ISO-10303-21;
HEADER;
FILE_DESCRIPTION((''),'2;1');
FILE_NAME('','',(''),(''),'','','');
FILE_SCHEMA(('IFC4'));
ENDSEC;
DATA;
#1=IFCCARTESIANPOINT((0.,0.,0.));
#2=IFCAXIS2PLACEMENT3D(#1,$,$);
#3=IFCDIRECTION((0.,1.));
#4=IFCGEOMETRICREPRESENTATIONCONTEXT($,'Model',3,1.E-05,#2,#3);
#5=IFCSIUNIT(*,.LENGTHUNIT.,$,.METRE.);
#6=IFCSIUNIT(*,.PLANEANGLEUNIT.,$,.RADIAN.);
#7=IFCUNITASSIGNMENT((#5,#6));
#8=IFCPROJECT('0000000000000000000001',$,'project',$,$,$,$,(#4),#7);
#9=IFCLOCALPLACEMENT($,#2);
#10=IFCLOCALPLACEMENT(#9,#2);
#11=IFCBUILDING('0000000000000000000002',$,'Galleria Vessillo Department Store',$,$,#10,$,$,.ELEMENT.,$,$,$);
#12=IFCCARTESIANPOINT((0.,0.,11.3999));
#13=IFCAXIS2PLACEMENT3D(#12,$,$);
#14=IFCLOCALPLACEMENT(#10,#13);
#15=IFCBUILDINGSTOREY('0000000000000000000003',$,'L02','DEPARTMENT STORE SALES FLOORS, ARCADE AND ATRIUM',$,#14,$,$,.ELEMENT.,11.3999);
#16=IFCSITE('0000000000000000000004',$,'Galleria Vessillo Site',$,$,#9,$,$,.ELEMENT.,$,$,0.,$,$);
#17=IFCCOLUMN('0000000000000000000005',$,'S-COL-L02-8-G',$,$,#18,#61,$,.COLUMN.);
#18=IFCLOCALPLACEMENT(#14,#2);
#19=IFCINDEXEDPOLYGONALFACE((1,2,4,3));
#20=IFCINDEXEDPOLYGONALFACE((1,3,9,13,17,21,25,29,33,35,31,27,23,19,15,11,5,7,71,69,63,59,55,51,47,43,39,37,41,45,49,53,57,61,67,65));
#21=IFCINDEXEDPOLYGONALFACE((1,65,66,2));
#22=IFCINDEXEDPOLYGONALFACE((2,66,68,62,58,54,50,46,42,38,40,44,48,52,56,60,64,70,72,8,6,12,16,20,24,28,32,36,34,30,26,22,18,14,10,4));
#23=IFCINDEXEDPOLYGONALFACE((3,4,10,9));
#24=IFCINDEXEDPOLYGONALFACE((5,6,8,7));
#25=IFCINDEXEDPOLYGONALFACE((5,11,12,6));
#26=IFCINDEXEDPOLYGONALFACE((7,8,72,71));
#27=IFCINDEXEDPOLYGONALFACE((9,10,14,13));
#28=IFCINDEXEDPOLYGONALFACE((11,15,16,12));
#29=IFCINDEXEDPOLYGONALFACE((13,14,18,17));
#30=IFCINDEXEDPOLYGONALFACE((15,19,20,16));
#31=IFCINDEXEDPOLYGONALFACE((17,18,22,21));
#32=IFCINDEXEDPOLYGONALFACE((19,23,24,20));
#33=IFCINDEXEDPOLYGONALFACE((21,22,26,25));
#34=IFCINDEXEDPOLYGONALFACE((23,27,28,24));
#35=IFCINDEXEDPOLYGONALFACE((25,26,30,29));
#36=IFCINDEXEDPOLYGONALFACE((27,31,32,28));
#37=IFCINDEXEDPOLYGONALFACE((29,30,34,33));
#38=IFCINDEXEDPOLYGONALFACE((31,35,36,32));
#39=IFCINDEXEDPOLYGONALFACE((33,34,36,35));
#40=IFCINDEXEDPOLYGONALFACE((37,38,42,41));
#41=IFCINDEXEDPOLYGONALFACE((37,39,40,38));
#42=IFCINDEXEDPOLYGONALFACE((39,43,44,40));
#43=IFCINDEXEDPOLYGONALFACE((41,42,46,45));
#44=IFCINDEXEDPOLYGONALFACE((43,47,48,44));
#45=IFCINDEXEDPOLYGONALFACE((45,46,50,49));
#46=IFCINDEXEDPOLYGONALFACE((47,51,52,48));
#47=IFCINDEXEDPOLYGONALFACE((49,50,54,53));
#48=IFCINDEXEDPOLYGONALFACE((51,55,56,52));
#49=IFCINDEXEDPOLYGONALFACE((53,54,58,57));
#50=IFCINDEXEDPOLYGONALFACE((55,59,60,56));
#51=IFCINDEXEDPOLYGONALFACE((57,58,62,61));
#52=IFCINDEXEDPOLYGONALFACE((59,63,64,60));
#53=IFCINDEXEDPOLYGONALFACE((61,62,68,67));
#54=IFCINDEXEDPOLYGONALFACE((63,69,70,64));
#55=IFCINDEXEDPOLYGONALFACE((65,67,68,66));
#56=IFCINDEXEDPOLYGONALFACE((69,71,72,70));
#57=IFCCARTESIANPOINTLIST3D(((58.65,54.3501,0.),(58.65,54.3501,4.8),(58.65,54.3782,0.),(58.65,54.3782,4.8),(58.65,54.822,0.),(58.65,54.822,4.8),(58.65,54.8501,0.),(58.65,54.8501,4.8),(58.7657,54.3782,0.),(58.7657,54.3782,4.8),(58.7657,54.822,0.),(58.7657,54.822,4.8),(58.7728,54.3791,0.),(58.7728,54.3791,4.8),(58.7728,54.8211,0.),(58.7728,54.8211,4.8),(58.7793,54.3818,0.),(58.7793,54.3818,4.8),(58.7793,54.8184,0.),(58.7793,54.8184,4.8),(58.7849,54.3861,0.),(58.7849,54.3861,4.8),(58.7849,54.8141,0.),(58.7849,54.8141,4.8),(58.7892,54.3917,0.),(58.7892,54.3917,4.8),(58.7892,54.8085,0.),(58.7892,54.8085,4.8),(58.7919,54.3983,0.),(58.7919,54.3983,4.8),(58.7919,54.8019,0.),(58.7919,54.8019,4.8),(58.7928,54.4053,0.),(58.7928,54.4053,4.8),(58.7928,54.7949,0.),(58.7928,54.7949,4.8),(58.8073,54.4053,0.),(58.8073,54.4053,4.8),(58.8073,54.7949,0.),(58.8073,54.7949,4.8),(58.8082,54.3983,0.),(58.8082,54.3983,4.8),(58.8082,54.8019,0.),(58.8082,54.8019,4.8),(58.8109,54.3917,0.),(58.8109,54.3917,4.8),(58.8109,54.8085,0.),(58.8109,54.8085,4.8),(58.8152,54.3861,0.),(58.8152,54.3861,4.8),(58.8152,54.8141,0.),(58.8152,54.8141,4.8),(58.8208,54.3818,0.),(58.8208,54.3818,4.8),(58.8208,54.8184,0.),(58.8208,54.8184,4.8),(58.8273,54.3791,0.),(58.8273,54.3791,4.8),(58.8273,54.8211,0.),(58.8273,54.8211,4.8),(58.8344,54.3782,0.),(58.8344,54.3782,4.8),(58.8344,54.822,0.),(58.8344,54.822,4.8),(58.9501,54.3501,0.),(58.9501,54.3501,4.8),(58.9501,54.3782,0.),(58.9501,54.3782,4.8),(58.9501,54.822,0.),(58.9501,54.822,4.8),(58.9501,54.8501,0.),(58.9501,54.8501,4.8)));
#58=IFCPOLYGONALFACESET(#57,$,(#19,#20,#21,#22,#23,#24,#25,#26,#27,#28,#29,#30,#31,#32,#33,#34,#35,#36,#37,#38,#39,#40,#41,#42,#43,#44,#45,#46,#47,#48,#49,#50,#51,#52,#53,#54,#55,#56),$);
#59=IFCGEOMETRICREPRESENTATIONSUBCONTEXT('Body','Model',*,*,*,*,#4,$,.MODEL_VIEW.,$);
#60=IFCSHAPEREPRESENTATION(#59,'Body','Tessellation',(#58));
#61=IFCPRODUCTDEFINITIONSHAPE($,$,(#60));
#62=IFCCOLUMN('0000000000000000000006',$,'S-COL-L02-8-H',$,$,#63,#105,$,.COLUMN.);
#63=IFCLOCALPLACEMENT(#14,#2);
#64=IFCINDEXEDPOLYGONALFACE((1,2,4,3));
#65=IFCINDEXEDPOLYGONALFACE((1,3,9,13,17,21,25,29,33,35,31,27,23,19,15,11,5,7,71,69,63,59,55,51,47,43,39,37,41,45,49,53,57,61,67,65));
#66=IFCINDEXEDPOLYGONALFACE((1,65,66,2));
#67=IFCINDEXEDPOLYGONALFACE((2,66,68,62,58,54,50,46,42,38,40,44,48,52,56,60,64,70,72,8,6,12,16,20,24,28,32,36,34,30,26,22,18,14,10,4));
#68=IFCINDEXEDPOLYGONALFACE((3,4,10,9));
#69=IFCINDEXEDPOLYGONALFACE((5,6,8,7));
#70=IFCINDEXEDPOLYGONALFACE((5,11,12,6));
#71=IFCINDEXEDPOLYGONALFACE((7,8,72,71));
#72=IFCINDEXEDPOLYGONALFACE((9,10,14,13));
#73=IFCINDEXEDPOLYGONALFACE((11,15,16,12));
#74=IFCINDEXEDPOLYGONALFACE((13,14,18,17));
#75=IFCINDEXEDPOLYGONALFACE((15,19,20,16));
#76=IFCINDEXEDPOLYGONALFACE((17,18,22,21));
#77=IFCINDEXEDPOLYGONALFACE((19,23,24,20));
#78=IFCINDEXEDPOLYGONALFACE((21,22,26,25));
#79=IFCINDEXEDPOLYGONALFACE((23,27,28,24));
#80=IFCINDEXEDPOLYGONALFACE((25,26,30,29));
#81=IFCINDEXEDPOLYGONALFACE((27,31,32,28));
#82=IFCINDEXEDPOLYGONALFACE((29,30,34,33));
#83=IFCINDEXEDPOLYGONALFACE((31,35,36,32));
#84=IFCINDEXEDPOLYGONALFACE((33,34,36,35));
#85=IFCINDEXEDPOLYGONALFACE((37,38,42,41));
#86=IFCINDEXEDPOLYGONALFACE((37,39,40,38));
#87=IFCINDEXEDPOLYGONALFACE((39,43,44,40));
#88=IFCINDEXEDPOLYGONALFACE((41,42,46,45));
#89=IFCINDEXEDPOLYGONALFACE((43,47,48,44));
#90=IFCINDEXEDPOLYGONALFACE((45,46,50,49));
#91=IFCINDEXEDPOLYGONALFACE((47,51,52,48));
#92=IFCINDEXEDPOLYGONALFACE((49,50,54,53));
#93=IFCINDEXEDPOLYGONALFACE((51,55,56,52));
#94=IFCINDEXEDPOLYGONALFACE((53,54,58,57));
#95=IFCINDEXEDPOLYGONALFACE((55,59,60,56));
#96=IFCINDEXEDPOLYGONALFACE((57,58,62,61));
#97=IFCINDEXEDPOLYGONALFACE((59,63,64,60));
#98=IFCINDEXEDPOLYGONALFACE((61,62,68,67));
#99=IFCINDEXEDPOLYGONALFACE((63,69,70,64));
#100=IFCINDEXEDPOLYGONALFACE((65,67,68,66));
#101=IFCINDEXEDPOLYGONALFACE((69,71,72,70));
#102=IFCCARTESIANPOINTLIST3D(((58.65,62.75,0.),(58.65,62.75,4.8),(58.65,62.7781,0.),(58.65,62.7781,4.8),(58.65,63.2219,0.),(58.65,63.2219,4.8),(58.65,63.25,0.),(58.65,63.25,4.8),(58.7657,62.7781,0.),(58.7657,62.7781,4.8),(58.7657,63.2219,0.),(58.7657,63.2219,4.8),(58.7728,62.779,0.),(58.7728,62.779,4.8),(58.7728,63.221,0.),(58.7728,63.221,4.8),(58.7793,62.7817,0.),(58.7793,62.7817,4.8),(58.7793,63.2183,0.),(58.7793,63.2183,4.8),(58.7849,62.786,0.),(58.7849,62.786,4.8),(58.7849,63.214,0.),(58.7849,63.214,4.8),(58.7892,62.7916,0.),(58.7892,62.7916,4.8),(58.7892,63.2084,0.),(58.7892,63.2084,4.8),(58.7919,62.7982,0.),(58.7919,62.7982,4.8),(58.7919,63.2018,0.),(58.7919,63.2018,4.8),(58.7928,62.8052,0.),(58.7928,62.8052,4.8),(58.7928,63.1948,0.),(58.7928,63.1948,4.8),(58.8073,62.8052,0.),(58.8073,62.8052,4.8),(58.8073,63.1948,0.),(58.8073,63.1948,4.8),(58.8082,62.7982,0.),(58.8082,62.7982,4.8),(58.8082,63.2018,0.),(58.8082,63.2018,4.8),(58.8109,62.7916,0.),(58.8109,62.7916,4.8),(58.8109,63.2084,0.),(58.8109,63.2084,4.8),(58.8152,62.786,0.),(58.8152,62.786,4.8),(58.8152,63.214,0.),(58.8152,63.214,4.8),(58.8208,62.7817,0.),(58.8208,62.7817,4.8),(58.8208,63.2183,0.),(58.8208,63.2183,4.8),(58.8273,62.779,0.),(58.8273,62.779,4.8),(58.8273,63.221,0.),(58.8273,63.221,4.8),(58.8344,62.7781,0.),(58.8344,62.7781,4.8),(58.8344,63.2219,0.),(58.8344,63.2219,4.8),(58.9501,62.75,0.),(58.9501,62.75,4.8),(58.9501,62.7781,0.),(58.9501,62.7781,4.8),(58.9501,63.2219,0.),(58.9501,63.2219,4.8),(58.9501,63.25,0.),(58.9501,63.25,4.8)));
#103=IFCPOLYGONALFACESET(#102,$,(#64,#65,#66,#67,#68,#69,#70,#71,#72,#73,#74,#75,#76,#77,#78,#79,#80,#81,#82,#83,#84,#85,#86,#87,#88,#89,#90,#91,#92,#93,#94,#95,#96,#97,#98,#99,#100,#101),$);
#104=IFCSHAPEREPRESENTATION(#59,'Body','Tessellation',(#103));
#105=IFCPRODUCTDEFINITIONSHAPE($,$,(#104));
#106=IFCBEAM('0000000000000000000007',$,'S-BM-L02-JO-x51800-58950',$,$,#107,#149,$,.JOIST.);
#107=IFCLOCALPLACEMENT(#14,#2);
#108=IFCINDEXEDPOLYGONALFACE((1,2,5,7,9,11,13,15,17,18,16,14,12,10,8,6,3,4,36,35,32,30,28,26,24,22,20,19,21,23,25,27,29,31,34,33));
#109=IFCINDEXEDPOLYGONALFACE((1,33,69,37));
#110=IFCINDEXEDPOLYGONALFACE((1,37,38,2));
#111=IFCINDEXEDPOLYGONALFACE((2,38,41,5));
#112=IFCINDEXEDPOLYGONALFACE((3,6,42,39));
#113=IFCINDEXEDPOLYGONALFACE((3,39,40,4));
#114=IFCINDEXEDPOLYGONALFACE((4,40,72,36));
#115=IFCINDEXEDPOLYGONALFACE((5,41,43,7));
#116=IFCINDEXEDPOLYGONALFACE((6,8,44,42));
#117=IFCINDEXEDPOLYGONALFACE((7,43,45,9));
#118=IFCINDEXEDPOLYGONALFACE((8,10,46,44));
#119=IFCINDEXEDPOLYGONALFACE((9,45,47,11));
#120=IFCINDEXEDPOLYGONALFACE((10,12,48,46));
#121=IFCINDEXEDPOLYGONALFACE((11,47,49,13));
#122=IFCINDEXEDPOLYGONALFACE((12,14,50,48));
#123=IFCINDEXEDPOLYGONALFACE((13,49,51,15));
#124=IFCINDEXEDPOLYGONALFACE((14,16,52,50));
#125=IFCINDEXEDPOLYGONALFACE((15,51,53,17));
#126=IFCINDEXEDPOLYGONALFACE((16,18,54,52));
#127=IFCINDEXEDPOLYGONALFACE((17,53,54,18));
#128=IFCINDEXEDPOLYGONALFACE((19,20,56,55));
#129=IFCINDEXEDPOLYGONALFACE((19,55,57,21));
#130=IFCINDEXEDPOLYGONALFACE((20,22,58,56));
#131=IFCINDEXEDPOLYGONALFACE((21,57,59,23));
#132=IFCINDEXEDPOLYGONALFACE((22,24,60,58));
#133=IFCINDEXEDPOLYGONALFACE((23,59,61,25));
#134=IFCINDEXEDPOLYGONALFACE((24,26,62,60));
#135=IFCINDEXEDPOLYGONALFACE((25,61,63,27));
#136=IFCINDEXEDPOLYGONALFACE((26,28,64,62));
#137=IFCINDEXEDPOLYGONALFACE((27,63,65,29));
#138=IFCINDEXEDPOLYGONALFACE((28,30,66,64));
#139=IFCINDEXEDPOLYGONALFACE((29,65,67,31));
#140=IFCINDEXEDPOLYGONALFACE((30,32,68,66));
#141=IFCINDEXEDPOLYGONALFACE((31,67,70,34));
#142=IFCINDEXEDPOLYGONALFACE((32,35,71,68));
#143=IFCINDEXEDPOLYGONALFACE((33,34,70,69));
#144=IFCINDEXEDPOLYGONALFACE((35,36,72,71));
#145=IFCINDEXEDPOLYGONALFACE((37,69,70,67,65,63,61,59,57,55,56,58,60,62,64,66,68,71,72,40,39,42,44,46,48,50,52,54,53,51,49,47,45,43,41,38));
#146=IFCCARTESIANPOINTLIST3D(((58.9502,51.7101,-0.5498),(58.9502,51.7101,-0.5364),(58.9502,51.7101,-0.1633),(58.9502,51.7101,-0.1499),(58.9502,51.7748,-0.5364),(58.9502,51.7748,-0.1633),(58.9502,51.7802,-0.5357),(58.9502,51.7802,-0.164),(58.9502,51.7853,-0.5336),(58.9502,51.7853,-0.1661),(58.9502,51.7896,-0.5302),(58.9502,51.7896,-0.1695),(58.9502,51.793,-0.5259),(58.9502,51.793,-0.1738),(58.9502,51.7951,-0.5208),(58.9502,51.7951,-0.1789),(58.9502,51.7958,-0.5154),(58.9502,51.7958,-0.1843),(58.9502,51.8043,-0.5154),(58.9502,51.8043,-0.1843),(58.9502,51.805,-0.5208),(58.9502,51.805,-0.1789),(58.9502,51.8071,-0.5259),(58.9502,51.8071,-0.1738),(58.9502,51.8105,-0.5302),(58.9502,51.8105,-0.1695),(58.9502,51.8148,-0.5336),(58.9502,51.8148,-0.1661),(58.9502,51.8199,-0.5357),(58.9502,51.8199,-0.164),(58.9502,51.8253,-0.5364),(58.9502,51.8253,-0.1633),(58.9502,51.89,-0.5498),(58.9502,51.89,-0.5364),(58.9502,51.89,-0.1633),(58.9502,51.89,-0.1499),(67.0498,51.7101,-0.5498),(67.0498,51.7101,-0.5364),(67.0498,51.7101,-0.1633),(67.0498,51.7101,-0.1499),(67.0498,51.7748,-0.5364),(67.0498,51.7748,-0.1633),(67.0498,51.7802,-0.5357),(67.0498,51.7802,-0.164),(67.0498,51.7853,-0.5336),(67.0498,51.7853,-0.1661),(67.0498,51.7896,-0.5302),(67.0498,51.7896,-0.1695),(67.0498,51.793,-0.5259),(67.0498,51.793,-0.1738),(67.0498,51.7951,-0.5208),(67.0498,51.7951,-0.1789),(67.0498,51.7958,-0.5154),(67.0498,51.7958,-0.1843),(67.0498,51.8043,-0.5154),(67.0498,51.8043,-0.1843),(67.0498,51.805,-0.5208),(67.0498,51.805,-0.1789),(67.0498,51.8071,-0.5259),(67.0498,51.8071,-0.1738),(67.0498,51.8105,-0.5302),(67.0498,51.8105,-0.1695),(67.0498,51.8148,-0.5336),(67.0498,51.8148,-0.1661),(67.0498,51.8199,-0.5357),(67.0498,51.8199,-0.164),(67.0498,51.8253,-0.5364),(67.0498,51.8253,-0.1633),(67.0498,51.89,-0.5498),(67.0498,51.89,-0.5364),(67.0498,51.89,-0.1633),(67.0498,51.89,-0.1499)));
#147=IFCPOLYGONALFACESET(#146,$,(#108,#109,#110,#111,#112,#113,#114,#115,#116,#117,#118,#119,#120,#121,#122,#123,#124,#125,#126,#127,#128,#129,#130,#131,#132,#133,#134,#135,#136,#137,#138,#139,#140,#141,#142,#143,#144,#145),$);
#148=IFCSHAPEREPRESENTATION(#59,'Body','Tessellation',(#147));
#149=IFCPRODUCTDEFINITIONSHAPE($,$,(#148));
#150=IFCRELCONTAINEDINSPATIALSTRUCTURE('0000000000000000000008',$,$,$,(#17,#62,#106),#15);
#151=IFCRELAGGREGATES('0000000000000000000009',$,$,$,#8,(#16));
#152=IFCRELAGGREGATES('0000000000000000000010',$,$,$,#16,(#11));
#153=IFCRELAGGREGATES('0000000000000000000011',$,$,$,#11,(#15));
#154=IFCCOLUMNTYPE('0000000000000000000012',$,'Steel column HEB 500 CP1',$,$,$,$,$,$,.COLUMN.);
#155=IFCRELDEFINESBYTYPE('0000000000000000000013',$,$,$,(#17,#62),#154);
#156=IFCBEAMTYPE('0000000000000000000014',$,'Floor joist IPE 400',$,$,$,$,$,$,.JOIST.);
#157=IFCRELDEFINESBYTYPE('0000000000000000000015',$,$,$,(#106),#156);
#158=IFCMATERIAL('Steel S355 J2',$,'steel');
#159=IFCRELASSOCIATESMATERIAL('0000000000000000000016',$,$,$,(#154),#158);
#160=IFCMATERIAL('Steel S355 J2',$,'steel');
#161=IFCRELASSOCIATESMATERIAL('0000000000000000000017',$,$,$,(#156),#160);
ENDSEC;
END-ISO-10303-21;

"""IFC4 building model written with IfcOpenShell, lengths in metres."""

from ifc_helpers import new_model, si_unit, direction, frame, origin, origin_2d, place, context, subcontext, project, spatial, i_section, extrude, material, material_profile, profile_set, type_object, element, save


model = new_model("IFC4")

# Units and contexts
model_context = context("Model", 3, precision=1e-05, world=origin(), true_north=direction((0.0, 1.0)))
body_context = subcontext(model_context, "Body", "Model", "MODEL_VIEW")
ifc_project = project(units=[si_unit("LENGTHUNIT", "METRE"), si_unit("PLANEANGLEUNIT", "RADIAN")], contexts=[model_context])

# Site, building, storey
site_placement = place(None, origin())
site = spatial("IfcSite", under=ifc_project, at=site_placement, Name="Galleria Vessillo Site", CompositionType="ELEMENT", RefElevation=0.0)
building_placement = place(site_placement, origin())
building = spatial("IfcBuilding", under=site, at=building_placement, Name="Galleria Vessillo Department Store", CompositionType="ELEMENT")
storey_placement = place(building_placement, frame((0.0, 0.0, 11.3999)))
storey = spatial("IfcBuildingStorey", under=building, at=storey_placement, Name="L02", Description="DEPARTMENT STORE SALES FLOORS, ARCADE AND ATRIUM", CompositionType="ELEMENT", Elevation=11.3999)

# Columns
ifc_material_1 = material(Name="Steel S355 J2", Category="steel")
ifc_material_profile_1 = material_profile(ifc_material_1, i_section(OverallWidth=0.3, OverallDepth=0.5, WebThickness=0.0144, FlangeThickness=0.0281, FilletRadius=0.0271, at=origin_2d()), Name="HEB 500")
ifc_profile_set_1 = profile_set([ifc_material_profile_1], Name="Steel S355 J2")
column_type = type_object("IfcColumnType", Name="Steel column HEB 500 CP1", PredefinedType="COLUMN", material=ifc_profile_set_1)
for number, where, z_axis, x_axis, name in (
    (1, (58.8, 54.6001, 0.0), (0.0, 0.0, 1.0), (1.0, 0.0, 0.0), "S-COL-L02-8-G"),
    (2, (58.8, 63.0, 0.0), (0.0, 0.0, 1.0), (1.0, 0.0, 0.0), "S-COL-L02-8-H"),
):
    element("IfcColumn", number, at=place(storey_placement, frame(where, z_axis=z_axis, x_axis=x_axis)), inside=storey, type_object=column_type, Name=name, PredefinedType="COLUMN", context=body_context, shape_type="SweptSolid", body=[
        extrude(i_section(OverallWidth=0.3, OverallDepth=0.5, WebThickness=0.0144, FlangeThickness=0.0281, FilletRadius=0.0271, at=origin_2d()), origin(), (0.0, 0.0, 1.0), 4.8),
    ])

# Beam
ifc_material_2 = material(Name="Steel S355 J2", Category="steel")
ifc_material_profile_2 = material_profile(ifc_material_2, i_section(OverallWidth=0.1799, OverallDepth=0.3999, WebThickness=0.0085, FlangeThickness=0.0134, FilletRadius=0.021, at=origin_2d()), Name="IPE 400")
ifc_profile_set_2 = profile_set([ifc_material_profile_2], Name="Steel S355 J2")
beam_type = type_object("IfcBeamType", Name="Floor joist IPE 400", PredefinedType="JOIST", material=ifc_profile_set_2)
beam_placement = place(storey_placement, frame((58.9502, 51.8, -0.3499), z_axis=(1.0, 0.0, 0.0), x_axis=(0.0, 1.0, 0.0)))
element("IfcBeam", 3, at=beam_placement, inside=storey, type_object=beam_type, Name="S-BM-L02-JO-x51800-58950", PredefinedType="JOIST", context=body_context, shape_type="SweptSolid", body=[
    extrude(i_section(OverallWidth=0.1799, OverallDepth=0.3999, WebThickness=0.0085, FlangeThickness=0.0134, FilletRadius=0.021, at=origin_2d()), origin(), (0.0, 0.0, 1.0), 8.0996),
])

save(model, "model.ifc")
